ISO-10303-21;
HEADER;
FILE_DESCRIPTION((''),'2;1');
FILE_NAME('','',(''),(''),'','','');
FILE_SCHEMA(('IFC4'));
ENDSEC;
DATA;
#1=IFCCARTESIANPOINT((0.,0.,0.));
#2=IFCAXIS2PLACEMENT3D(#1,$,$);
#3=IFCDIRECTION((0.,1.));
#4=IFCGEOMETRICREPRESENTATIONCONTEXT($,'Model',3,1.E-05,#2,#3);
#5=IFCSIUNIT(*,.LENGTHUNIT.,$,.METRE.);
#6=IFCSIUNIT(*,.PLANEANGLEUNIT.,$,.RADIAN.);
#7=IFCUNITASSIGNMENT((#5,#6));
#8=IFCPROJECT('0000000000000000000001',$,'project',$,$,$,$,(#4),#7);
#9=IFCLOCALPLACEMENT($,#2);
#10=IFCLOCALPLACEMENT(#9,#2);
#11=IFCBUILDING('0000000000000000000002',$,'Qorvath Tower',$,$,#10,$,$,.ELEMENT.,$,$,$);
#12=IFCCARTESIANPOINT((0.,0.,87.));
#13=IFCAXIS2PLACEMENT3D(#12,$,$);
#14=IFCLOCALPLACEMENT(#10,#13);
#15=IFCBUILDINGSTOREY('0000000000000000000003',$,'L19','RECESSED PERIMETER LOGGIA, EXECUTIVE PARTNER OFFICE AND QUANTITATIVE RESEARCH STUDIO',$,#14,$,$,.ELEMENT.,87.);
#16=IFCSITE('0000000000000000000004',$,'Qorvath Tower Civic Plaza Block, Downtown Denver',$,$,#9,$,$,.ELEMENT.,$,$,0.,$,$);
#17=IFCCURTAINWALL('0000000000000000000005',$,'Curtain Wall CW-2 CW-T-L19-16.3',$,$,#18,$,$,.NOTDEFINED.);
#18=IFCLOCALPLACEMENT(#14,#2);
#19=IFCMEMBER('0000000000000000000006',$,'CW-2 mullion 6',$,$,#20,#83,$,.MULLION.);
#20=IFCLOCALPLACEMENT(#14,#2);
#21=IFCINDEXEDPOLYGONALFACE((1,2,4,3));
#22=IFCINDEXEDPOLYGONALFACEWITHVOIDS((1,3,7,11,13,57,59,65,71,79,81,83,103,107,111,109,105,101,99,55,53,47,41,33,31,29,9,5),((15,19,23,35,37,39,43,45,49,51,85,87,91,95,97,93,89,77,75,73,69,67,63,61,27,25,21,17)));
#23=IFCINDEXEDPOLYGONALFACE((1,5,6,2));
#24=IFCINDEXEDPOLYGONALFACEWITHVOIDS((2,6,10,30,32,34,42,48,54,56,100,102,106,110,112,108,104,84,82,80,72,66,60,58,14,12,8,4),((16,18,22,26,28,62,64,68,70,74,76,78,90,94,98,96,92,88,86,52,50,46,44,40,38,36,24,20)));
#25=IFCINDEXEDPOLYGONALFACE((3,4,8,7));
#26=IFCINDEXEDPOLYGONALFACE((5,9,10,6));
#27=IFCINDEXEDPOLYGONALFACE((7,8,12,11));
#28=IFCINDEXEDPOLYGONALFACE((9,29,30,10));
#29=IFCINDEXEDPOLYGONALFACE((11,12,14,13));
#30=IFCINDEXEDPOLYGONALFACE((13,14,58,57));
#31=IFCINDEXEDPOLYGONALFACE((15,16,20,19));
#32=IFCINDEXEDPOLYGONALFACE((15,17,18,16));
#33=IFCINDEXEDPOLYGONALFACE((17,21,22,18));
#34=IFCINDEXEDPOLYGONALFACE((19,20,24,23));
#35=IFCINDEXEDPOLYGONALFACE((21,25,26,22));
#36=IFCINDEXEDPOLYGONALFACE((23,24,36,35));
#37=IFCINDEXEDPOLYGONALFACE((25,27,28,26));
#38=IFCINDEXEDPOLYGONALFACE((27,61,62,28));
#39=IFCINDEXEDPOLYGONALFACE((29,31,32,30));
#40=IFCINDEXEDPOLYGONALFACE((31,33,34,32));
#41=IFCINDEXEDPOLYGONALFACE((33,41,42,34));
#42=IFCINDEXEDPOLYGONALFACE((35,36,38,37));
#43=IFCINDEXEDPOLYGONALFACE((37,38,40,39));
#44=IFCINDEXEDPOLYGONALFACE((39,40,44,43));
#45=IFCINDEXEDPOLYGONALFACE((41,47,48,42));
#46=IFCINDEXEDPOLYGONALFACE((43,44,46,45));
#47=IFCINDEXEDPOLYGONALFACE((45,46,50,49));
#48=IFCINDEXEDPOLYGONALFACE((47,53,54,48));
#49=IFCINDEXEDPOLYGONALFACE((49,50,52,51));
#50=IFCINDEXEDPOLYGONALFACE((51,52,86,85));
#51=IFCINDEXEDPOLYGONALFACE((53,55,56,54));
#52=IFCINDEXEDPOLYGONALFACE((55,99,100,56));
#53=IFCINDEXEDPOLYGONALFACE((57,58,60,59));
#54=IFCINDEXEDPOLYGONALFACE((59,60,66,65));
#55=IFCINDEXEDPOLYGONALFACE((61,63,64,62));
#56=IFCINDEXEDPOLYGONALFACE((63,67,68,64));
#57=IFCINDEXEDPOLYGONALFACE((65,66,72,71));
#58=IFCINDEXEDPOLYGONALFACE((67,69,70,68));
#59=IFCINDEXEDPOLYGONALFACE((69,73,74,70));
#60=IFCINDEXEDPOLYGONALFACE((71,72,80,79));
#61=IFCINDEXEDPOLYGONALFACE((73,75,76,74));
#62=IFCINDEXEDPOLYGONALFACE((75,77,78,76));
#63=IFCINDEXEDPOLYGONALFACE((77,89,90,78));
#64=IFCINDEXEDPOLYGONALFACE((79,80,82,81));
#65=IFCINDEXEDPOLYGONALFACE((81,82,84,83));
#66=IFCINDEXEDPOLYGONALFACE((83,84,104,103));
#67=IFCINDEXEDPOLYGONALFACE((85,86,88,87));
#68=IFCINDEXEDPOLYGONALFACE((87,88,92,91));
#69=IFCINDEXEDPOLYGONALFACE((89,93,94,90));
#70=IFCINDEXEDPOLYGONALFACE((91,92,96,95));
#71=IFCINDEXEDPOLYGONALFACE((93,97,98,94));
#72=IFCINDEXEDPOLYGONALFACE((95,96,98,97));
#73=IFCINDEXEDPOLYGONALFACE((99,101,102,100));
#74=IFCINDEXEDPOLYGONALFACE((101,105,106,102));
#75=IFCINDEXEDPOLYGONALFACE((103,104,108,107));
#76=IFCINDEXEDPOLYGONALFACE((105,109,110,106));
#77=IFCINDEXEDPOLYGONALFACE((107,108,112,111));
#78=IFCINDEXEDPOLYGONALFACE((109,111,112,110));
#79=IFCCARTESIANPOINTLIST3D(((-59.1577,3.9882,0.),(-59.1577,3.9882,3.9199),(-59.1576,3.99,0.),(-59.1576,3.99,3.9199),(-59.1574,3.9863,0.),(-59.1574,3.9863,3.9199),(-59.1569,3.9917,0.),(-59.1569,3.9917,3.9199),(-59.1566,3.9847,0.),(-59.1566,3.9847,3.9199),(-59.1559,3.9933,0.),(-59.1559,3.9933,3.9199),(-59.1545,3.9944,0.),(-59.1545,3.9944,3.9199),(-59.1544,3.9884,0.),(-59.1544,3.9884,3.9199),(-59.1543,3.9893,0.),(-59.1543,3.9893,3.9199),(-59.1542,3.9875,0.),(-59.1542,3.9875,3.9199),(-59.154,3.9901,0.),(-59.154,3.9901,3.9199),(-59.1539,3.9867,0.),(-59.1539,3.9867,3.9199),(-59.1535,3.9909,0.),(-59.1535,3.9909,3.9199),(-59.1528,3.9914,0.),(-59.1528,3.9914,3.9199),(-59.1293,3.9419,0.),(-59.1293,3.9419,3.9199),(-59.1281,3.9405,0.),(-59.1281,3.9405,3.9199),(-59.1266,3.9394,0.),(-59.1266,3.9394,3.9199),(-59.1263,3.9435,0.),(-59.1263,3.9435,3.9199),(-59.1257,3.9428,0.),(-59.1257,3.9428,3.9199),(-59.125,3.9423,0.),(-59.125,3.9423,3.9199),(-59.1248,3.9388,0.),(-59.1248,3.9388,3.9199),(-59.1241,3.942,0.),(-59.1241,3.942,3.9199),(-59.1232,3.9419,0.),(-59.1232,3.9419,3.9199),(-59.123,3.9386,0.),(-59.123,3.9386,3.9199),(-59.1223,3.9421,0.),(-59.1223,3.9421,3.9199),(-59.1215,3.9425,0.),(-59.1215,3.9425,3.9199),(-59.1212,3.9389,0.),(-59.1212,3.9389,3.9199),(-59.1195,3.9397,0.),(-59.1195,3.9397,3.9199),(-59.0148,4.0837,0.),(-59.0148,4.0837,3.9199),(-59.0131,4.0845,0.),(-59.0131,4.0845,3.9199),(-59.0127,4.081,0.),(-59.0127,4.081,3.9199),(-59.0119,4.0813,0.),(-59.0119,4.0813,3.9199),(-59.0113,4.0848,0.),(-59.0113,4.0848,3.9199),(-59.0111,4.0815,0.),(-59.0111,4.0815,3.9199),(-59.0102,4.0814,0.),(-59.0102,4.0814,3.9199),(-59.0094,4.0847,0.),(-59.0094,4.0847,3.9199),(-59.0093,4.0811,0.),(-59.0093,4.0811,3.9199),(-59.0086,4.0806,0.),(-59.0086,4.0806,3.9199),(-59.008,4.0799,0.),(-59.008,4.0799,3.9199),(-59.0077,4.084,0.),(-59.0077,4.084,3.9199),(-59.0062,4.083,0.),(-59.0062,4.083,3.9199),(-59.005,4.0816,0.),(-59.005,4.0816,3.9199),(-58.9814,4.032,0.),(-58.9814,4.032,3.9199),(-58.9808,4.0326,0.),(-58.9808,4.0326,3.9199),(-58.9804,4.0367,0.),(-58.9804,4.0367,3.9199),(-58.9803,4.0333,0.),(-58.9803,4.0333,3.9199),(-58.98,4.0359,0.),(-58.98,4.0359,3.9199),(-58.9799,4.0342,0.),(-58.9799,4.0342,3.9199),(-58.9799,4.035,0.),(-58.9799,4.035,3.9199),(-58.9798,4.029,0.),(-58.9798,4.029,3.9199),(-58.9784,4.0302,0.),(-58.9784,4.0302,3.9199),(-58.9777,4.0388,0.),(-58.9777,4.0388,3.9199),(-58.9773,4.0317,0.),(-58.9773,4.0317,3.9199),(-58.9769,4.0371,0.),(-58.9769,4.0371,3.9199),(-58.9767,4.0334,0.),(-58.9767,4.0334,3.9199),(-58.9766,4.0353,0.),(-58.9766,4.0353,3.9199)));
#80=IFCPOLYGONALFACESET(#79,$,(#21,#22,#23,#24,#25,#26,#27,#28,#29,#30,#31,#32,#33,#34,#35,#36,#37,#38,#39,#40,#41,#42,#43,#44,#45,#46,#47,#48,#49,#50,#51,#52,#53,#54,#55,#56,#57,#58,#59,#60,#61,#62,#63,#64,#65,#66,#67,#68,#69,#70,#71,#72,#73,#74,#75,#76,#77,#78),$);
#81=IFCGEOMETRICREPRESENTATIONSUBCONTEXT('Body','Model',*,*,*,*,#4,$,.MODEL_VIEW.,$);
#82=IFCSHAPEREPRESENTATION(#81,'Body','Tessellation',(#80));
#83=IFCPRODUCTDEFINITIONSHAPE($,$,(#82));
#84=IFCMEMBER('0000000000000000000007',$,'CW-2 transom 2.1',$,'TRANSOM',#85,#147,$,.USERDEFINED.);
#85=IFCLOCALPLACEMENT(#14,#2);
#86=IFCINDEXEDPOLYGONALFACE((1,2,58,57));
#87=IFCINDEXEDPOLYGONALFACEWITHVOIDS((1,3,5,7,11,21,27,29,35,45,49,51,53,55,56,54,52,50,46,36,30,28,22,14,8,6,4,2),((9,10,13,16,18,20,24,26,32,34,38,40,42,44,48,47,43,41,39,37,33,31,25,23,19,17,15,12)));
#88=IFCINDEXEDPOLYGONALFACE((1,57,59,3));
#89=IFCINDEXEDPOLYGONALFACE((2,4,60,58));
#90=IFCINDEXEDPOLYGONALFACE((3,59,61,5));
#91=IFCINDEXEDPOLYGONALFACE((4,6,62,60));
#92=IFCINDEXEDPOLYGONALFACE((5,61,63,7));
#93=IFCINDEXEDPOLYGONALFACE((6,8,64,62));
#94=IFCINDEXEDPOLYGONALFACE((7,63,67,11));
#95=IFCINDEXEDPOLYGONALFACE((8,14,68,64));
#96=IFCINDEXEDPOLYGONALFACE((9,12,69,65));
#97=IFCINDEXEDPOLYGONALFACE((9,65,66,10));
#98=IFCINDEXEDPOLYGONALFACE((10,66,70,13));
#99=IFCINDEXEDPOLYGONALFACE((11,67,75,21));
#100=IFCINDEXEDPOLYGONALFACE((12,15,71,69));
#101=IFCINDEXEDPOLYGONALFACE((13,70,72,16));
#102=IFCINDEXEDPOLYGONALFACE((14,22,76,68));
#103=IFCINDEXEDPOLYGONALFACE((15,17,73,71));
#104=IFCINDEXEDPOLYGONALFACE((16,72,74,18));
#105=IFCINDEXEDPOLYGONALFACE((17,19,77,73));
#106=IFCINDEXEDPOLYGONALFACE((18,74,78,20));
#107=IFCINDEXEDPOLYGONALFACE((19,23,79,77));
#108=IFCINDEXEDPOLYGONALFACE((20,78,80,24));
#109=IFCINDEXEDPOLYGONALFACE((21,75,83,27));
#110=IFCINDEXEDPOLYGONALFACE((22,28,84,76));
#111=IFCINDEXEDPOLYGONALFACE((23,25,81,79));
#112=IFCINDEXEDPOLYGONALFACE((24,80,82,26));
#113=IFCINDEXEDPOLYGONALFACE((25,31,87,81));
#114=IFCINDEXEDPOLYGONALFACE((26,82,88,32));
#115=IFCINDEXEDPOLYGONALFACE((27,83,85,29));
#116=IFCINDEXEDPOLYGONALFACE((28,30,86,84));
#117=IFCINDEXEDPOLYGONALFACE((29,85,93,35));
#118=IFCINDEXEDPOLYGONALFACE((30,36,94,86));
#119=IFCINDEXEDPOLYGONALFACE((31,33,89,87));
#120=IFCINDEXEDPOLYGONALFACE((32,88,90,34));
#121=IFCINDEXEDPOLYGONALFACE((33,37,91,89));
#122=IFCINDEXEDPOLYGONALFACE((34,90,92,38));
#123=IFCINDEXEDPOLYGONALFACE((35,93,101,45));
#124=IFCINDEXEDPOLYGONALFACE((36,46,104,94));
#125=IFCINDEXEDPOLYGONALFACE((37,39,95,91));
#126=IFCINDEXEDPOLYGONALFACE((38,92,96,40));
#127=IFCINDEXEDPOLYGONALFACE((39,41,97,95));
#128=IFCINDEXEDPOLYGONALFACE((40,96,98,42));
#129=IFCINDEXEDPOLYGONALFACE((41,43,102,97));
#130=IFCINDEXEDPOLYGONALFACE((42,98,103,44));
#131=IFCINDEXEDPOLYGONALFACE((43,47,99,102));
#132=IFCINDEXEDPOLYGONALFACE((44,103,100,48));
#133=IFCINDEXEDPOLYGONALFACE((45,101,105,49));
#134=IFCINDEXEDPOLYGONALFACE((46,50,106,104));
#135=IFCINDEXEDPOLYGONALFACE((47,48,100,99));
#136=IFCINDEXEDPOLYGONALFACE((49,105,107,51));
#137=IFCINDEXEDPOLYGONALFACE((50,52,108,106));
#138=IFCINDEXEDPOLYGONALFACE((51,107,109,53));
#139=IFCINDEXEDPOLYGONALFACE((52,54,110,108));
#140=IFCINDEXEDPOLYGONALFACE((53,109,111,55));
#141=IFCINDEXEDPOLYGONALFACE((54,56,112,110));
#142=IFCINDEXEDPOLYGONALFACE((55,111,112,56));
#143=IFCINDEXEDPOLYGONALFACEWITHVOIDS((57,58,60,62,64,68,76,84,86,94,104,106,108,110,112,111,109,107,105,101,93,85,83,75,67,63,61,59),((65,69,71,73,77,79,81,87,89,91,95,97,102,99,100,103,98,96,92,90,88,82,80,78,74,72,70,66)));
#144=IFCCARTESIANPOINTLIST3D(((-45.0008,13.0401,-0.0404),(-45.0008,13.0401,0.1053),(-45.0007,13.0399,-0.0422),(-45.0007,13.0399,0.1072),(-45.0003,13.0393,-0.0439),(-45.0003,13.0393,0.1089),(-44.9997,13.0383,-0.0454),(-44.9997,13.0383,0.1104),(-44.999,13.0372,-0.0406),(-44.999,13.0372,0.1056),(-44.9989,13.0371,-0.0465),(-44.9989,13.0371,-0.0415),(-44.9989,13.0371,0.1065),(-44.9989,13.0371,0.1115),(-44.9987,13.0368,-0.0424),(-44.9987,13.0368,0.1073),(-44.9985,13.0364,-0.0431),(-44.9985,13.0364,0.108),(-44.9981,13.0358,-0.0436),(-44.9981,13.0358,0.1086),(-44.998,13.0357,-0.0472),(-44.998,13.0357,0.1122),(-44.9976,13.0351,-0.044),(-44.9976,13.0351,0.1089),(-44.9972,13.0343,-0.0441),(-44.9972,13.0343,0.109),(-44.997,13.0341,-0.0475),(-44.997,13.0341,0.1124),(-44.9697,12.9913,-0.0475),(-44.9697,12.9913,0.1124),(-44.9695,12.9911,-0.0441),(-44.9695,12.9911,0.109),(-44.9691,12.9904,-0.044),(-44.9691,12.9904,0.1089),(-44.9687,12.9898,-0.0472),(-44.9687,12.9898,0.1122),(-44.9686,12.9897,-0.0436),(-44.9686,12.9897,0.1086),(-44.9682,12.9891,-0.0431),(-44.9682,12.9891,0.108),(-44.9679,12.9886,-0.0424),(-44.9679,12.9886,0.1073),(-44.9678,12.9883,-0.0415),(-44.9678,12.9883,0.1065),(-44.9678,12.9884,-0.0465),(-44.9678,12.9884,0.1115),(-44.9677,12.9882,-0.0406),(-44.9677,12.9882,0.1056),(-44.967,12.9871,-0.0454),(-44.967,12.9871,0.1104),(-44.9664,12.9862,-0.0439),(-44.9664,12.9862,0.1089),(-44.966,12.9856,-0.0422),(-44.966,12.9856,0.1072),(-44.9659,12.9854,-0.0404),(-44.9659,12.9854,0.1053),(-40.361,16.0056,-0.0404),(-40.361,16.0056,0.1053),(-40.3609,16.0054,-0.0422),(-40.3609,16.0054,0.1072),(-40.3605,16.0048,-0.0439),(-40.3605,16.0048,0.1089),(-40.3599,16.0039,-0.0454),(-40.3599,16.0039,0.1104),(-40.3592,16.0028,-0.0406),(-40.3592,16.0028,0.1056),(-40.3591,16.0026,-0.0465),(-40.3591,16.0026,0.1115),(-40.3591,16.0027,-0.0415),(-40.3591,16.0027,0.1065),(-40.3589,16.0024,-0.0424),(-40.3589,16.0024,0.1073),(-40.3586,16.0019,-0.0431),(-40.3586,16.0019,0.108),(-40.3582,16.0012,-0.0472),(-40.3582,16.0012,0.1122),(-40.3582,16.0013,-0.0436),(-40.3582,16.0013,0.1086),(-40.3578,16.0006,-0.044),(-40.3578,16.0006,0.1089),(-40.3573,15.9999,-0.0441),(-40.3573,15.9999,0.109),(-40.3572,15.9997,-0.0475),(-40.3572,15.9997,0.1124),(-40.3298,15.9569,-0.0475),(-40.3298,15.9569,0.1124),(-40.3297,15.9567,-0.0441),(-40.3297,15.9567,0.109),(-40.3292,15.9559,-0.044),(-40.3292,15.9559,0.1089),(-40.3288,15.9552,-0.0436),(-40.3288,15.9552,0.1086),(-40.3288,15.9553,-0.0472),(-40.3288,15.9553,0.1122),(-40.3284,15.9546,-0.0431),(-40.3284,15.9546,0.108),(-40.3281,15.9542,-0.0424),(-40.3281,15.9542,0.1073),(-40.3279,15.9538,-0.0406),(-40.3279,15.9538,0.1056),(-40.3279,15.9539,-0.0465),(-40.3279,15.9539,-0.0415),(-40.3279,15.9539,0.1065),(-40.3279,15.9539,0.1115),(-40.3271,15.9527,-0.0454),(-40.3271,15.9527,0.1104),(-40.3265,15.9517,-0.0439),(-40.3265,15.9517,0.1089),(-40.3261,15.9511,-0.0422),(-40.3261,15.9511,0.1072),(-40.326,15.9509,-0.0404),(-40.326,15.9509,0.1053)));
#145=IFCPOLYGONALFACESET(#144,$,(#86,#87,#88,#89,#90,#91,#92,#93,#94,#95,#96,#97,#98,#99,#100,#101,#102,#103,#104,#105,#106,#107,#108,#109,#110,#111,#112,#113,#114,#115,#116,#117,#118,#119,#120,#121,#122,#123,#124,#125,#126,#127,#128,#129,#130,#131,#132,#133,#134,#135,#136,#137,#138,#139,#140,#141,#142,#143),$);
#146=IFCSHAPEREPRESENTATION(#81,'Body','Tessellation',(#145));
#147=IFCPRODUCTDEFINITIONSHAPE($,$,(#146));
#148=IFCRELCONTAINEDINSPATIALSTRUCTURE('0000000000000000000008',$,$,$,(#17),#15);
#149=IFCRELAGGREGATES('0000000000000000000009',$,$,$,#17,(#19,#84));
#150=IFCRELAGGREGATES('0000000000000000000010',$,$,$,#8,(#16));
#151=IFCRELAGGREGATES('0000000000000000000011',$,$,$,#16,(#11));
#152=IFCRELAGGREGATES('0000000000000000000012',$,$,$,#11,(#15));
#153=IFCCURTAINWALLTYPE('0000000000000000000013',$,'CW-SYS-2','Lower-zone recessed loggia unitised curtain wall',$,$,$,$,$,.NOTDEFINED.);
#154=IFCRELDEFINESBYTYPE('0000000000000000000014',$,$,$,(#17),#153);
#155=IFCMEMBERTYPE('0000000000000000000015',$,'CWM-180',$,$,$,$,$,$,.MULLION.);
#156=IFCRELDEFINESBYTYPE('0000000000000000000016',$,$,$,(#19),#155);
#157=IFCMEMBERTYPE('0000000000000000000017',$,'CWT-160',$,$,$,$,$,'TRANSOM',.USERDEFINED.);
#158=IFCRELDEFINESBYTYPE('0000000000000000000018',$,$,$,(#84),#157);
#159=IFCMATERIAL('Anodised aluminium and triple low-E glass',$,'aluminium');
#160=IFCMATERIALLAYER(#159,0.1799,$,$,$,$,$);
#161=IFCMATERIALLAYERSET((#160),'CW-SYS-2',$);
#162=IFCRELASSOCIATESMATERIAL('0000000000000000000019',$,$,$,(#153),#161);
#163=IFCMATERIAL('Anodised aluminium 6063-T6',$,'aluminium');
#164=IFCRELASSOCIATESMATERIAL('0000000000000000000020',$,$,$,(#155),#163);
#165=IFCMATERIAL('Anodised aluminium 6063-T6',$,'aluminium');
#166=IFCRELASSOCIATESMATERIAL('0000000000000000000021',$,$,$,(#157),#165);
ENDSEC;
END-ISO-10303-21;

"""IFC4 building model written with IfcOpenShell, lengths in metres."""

from ifc_helpers import new_model, si_unit, direction, frame, origin, origin_2d, place, context, subcontext, project, spatial, hollow_rectangle, extrude, material, layer, layer_set, material_profile, profile_set, type_object, element, aggregate, save


model = new_model("IFC4")

# Units and contexts
model_context = context("Model", 3, precision=1e-05, world=origin(), true_north=direction((0.0, 1.0)))
body_context = subcontext(model_context, "Body", "Model", "MODEL_VIEW")
ifc_project = project(units=[si_unit("LENGTHUNIT", "METRE"), si_unit("PLANEANGLEUNIT", "RADIAN")], contexts=[model_context])

# Site, building, storey
site_placement = place(None, origin())
site = spatial("IfcSite", under=ifc_project, at=site_placement, Name="Qorvath Tower Civic Plaza Block, Downtown Denver", CompositionType="ELEMENT", RefElevation=0.0)
building_placement = place(site_placement, origin())
building = spatial("IfcBuilding", under=site, at=building_placement, Name="Qorvath Tower", CompositionType="ELEMENT")
storey_placement = place(building_placement, frame((0.0, 0.0, 87.0)))
storey = spatial("IfcBuildingStorey", under=building, at=storey_placement, Name="L19", Description="RECESSED PERIMETER LOGGIA, EXECUTIVE PARTNER OFFICE AND QUANTITATIVE RESEARCH STUDIO", CompositionType="ELEMENT", Elevation=87.0)

# Curtain wall, members
ifc_material_1 = material(Name="Anodised aluminium and triple low-E glass", Category="aluminium")
ifc_layer_1 = layer(ifc_material_1, 0.1799)
ifc_layer_set_1 = layer_set([ifc_layer_1], Name="CW-SYS-2")
curtain_wall_type = type_object("IfcCurtainWallType", Name="CW-SYS-2", Description="Lower-zone recessed loggia unitised curtain wall", PredefinedType="NOTDEFINED", material=ifc_layer_set_1)
curtain_wall_placement = place(storey_placement, origin())
curtain_wall = element("IfcCurtainWall", 1, at=curtain_wall_placement, inside=storey, type_object=curtain_wall_type, Name="Curtain Wall CW-2 CW-T-L19-16.3", PredefinedType="NOTDEFINED")
ifc_material_2 = material(Name="Anodised aluminium 6063-T6", Category="aluminium")
ifc_material_profile_1 = material_profile(ifc_material_2, hollow_rectangle(XDim=0.0649, YDim=0.1799, WallThickness=0.0034, InnerFilletRadius=0.0034, OuterFilletRadius=0.0071, at=origin_2d()), Name="CWM 180x65")
ifc_profile_set_1 = profile_set([ifc_material_profile_1], Name="Anodised aluminium 6063-T6")
member_type_1 = type_object("IfcMemberType", Name="CWM-180", PredefinedType="MULLION", material=ifc_profile_set_1)
member_1_placement = place(storey_placement, frame((-59.0671, 4.0117, 0.0), z_axis=(0.0, 0.0, 1.0), x_axis=(0.538528, -0.842608, 0.0)))
member_1 = element("IfcMember", 2, at=member_1_placement, type_object=member_type_1, Name="CW-2 mullion 6", PredefinedType="MULLION", context=body_context, shape_type="SweptSolid", body=[
    extrude(hollow_rectangle(XDim=0.0649, YDim=0.1799, WallThickness=0.0034, InnerFilletRadius=0.0034, OuterFilletRadius=0.0071, at=origin_2d()), origin(), (0.0, 0.0, 1.0), 3.9199),
])
ifc_material_3 = material(Name="Anodised aluminium 6063-T6", Category="aluminium")
ifc_material_profile_2 = material_profile(ifc_material_3, hollow_rectangle(XDim=0.0649, YDim=0.1599, WallThickness=0.0034, InnerFilletRadius=0.0034, OuterFilletRadius=0.0071, at=origin_2d()), Name="CWT 160x65")
ifc_profile_set_2 = profile_set([ifc_material_profile_2], Name="Anodised aluminium 6063-T6")
member_type_2 = type_object("IfcMemberType", Name="CWT-160", ElementType="TRANSOM", PredefinedType="USERDEFINED", material=ifc_profile_set_2)
member_2_placement = place(storey_placement, frame((-40.3435, 15.9783, 0.0325), z_axis=(-0.842597, -0.538544, 0.0), x_axis=(0.538544, -0.842597, 0.0)))
member_2 = element("IfcMember", 3, at=member_2_placement, type_object=member_type_2, Name="CW-2 transom 2.1", ObjectType="TRANSOM", PredefinedType="USERDEFINED", context=body_context, shape_type="SweptSolid", body=[
    extrude(hollow_rectangle(XDim=0.0649, YDim=0.1599, WallThickness=0.0034, InnerFilletRadius=0.0034, OuterFilletRadius=0.0071, at=origin_2d()), origin(), (0.0, 0.0, 1.0), 5.5066),
])
aggregate(curtain_wall, [member_1, member_2])

save(model, "model.ifc")
